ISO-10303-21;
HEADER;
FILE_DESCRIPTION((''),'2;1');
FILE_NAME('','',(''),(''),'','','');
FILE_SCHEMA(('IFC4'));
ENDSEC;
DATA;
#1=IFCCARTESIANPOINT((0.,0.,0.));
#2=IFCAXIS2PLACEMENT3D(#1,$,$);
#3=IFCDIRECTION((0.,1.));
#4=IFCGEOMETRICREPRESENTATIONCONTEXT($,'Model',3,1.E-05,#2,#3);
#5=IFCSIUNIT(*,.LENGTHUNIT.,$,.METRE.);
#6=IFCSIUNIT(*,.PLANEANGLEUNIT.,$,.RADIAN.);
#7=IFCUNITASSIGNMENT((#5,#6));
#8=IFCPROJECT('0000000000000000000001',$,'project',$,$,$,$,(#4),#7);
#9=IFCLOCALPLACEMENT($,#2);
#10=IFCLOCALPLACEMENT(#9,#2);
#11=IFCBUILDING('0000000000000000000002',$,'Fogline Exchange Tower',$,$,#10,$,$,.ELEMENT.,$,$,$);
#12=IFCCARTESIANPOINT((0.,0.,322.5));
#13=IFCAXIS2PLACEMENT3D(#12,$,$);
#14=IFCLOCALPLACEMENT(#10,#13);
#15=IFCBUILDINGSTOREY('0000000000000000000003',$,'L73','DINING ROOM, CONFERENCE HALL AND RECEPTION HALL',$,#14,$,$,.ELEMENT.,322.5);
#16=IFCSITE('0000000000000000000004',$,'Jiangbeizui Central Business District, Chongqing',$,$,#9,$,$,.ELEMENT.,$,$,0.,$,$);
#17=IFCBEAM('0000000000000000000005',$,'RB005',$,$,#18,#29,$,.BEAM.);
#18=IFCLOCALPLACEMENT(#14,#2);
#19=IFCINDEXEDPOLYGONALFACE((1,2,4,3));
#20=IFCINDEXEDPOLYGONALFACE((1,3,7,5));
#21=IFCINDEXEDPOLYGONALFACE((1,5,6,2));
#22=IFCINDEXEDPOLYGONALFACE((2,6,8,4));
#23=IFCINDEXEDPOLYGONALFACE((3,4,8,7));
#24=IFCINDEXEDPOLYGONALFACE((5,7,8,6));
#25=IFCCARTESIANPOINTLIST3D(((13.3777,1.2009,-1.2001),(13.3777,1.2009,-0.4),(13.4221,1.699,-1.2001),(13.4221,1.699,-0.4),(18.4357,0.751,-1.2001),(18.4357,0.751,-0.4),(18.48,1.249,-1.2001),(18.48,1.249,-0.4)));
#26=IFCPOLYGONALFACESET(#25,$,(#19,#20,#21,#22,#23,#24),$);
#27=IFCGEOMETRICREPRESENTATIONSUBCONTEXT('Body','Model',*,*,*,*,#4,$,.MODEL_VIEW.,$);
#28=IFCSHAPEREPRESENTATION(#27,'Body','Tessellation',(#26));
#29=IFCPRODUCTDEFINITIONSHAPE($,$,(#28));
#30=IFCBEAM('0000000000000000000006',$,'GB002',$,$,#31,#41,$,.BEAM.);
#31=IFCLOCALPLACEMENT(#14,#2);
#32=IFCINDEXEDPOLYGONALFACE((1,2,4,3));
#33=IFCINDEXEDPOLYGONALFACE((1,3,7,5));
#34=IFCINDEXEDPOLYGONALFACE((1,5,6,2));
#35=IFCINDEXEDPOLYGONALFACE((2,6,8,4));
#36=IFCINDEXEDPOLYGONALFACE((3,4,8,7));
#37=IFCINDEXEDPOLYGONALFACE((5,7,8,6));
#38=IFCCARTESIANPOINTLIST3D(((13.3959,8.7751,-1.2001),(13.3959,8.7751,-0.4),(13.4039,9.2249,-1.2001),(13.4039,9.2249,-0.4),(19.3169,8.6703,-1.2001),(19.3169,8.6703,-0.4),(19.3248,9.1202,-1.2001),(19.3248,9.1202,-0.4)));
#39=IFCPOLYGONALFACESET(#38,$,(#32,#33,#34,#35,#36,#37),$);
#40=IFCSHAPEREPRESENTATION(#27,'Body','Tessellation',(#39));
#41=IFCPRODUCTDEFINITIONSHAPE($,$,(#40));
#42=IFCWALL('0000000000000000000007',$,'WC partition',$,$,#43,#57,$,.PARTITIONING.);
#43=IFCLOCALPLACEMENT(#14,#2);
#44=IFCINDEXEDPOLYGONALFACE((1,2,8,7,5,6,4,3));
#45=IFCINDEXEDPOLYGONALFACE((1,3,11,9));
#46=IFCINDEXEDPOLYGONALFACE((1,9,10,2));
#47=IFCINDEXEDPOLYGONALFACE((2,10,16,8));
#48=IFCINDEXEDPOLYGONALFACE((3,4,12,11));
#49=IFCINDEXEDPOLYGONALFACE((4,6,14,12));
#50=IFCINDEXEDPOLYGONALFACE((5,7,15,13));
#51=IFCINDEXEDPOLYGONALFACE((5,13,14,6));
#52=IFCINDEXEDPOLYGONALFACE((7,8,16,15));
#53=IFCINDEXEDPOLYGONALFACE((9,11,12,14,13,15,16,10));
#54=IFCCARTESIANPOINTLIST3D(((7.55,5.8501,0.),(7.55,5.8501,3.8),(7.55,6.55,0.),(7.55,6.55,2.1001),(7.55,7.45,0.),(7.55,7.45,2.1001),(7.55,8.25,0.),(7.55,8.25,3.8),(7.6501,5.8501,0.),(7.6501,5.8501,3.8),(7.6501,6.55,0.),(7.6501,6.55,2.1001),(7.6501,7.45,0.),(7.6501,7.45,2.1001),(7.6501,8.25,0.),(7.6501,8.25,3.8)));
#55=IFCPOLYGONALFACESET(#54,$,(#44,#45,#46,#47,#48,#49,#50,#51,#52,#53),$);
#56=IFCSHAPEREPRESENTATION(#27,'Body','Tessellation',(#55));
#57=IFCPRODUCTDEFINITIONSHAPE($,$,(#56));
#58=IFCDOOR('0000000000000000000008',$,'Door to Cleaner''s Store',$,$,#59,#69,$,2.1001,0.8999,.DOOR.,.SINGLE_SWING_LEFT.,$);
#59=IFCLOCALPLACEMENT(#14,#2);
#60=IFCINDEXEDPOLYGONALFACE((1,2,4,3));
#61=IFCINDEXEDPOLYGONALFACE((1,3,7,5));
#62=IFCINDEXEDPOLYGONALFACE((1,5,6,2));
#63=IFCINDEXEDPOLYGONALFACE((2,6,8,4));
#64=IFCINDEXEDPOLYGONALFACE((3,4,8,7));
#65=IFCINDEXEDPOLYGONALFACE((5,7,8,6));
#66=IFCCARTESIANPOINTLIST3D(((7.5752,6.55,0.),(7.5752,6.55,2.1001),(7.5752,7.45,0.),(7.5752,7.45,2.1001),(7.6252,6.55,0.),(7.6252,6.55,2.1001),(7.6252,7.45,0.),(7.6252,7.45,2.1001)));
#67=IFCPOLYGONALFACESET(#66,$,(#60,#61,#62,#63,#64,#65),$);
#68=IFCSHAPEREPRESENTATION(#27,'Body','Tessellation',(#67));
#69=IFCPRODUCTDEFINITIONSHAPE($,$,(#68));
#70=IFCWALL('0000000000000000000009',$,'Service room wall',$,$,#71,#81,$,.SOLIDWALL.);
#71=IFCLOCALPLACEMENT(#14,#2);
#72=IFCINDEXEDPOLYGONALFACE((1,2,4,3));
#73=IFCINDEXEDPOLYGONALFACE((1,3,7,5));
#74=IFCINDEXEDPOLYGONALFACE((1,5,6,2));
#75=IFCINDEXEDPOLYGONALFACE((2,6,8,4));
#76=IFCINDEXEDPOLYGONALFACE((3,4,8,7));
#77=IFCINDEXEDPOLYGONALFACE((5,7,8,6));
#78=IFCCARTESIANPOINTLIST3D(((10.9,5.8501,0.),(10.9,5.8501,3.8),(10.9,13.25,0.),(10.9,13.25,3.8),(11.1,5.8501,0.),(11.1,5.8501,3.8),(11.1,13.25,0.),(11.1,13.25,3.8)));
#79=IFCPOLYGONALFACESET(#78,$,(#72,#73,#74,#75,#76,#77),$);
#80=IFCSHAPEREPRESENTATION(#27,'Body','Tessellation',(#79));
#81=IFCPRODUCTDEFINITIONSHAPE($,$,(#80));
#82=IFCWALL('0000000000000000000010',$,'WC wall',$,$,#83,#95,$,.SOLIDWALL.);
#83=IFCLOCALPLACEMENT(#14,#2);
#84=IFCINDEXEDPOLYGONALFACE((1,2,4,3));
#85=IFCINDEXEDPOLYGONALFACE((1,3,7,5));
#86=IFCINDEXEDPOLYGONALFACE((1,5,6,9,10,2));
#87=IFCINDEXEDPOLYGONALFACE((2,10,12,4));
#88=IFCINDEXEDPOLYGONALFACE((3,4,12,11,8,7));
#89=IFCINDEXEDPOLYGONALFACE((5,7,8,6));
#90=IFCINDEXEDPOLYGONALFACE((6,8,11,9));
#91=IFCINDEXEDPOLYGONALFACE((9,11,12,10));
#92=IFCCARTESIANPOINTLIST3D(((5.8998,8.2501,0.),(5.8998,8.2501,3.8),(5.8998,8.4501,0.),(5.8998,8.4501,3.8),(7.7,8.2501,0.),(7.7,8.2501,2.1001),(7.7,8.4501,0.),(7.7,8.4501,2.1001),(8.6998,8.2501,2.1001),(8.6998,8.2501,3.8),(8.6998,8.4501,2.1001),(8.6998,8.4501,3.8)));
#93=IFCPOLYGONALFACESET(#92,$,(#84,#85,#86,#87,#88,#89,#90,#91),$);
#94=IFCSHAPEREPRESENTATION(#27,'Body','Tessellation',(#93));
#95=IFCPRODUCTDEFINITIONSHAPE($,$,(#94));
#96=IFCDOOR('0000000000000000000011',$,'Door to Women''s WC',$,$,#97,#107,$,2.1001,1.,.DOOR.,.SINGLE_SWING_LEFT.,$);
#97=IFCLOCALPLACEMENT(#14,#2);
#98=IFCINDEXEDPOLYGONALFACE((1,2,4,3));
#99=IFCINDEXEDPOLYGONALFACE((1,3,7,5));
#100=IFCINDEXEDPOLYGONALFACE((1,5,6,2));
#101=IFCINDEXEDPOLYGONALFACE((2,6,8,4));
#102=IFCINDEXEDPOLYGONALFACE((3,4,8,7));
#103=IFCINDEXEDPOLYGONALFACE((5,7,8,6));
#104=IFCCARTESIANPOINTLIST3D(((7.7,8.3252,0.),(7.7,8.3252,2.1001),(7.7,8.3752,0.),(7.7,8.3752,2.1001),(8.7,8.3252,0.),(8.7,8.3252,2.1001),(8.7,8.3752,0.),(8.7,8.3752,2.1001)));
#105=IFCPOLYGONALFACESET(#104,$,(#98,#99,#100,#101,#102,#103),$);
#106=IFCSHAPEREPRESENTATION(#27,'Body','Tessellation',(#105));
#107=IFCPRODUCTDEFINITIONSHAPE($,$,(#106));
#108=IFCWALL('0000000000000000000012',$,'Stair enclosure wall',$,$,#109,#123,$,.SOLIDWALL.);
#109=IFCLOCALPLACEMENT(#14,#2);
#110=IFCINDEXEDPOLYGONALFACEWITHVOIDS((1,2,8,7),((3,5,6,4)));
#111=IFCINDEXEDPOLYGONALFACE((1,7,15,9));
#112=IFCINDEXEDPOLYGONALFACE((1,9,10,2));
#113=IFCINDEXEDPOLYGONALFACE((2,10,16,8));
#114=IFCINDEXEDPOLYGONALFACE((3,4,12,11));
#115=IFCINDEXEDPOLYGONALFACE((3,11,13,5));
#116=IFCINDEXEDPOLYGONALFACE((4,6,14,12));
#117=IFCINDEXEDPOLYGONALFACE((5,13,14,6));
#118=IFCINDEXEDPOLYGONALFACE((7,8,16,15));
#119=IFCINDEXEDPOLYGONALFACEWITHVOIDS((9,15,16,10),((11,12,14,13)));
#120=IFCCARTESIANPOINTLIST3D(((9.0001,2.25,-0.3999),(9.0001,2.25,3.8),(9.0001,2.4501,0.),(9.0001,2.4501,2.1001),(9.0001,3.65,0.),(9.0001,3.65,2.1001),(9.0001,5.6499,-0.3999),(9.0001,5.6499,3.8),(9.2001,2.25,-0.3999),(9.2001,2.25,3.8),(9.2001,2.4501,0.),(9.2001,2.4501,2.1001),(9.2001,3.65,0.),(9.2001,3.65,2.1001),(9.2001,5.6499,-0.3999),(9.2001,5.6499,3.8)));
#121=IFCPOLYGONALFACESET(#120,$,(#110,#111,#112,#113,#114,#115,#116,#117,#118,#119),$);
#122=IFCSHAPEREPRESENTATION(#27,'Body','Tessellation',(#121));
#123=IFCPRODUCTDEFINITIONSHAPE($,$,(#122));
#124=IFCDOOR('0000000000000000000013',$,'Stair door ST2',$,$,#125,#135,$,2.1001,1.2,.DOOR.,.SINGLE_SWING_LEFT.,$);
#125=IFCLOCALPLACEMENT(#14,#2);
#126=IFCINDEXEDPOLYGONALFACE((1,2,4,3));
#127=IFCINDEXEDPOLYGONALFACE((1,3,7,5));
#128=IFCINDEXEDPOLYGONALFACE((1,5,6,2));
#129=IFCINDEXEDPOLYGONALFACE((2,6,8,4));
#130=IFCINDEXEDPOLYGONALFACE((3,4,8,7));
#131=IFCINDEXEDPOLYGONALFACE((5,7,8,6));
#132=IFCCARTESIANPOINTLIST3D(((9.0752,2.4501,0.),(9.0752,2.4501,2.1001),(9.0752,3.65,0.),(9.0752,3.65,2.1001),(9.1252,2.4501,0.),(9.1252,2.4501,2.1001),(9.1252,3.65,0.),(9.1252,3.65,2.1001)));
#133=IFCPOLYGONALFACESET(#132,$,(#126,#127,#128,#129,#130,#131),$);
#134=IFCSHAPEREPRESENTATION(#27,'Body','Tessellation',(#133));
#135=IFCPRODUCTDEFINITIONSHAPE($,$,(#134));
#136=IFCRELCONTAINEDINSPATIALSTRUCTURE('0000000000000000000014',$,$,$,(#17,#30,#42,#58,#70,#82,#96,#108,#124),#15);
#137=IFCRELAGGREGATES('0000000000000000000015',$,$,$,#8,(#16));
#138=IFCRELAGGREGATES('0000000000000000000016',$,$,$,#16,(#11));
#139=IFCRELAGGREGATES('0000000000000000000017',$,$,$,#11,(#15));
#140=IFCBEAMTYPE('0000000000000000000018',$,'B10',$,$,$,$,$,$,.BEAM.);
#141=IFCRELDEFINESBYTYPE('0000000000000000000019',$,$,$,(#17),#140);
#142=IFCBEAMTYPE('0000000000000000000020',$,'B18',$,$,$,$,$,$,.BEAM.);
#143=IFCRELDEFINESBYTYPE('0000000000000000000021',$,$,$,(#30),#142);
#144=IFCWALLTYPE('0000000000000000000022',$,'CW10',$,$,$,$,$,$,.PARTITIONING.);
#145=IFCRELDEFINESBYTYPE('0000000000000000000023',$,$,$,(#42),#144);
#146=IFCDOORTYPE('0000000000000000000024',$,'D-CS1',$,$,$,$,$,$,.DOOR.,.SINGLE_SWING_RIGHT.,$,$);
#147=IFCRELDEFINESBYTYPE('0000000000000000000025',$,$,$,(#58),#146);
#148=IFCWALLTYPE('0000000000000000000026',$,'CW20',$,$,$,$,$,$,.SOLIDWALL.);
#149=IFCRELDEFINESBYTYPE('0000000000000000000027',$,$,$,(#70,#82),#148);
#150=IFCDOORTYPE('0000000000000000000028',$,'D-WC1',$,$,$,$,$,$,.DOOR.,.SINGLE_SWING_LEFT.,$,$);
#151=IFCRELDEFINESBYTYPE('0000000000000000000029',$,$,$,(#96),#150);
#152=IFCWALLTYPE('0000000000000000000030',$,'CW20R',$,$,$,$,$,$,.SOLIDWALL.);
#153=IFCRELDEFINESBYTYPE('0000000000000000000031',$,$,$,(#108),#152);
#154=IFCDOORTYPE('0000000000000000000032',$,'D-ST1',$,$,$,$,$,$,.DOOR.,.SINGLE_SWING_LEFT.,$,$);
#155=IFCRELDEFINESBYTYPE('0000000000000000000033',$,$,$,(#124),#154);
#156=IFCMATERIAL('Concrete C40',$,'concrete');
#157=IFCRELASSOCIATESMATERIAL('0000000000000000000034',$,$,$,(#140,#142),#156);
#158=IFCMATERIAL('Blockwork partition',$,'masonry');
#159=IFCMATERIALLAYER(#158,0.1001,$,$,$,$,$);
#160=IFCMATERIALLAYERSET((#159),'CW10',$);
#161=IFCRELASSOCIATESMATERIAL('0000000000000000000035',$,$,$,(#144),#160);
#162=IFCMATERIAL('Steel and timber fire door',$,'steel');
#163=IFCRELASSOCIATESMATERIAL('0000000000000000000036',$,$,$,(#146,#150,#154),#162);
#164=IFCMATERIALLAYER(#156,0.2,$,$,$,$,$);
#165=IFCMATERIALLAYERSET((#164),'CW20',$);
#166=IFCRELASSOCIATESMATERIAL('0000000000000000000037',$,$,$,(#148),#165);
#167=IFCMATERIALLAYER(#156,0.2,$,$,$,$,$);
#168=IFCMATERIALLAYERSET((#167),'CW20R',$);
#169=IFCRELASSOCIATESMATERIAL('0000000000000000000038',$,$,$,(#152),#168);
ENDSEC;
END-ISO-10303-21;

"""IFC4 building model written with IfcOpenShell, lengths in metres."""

from ifc_helpers import new_model, si_unit, direction, frame, frame_2d, origin, origin_2d, place, context, subcontext, project, spatial, rectangle, extrude, material, layer, layer_set, material_profile, profile_set, type_object, element, fill, save


model = new_model("IFC4")

# Units and contexts
model_context = context("Model", 3, precision=1e-05, world=origin(), true_north=direction((0.0, 1.0)))
body_context = subcontext(model_context, "Body", "Model", "MODEL_VIEW")
ifc_project = project(units=[si_unit("LENGTHUNIT", "METRE"), si_unit("PLANEANGLEUNIT", "RADIAN")], contexts=[model_context])

# Site, building, storey
site_placement = place(None, origin())
site = spatial("IfcSite", under=ifc_project, at=site_placement, Name="Jiangbeizui Central Business District, Chongqing", CompositionType="ELEMENT", RefElevation=0.0)
building_placement = place(site_placement, origin())
building = spatial("IfcBuilding", under=site, at=building_placement, Name="Fogline Exchange Tower", CompositionType="ELEMENT")
storey_placement = place(building_placement, frame((0.0, 0.0, 322.5)))
storey = spatial("IfcBuildingStorey", under=building, at=storey_placement, Name="L73", Description="DINING ROOM, CONFERENCE HALL AND RECEPTION HALL", CompositionType="ELEMENT", Elevation=322.5)

# Beams
ifc_material_1 = material(Name="Concrete C40", Category="concrete")
ifc_material_profile_1 = material_profile(ifc_material_1, rectangle(XDim=0.5, YDim=0.8, at=origin_2d()), Name="RC 500x800")
ifc_profile_set_1 = profile_set([ifc_material_profile_1], Name="Concrete C40")
beam_type_1 = type_object("IfcBeamType", Name="B10", PredefinedType="BEAM", material=ifc_profile_set_1)
beam_1_placement = place(storey_placement, frame((13.3999, 1.45, -0.8), z_axis=(0.996066, -0.088611, 0.0), x_axis=(0.088611, 0.996066, 0.0)))
element("IfcBeam", 1, at=beam_1_placement, inside=storey, type_object=beam_type_1, Name="RB005", PredefinedType="BEAM", context=body_context, shape_type="SweptSolid", body=[
    extrude(rectangle(XDim=0.5, YDim=0.8, at=origin_2d()), origin(), (0.0, 0.0, 1.0), 5.0779),
])
ifc_material_profile_2 = material_profile(ifc_material_1, rectangle(XDim=0.45, YDim=0.8, at=origin_2d()), Name="RC 450x800")
ifc_profile_set_2 = profile_set([ifc_material_profile_2], Name="Concrete C40")
beam_type_2 = type_object("IfcBeamType", Name="B18", PredefinedType="BEAM", material=ifc_profile_set_2)
beam_2_placement = place(storey_placement, frame((13.3999, 9.0, -0.8), z_axis=(0.999844, -0.017686, 0.0), x_axis=(0.017686, 0.999844, 0.0)))
element("IfcBeam", 2, at=beam_2_placement, inside=storey, type_object=beam_type_2, Name="GB002", PredefinedType="BEAM", context=body_context, shape_type="SweptSolid", body=[
    extrude(rectangle(XDim=0.45, YDim=0.8, at=origin_2d()), origin(), (0.0, 0.0, 1.0), 5.9219),
])

# Wall, opening, door
ifc_material_2 = material(Name="Blockwork partition", Category="masonry")
ifc_layer_1 = layer(ifc_material_2, 0.1001)
ifc_layer_set_1 = layer_set([ifc_layer_1], Name="CW10")
wall_type_1 = type_object("IfcWallType", Name="CW10", PredefinedType="PARTITIONING", material=ifc_layer_set_1)
wall_1_placement = place(storey_placement, frame((7.6001, 5.8501, 0.0), z_axis=(0.0, 0.0, 1.0), x_axis=(0.0, 1.0, 0.0)))
wall_1 = element("IfcWall", 3, at=wall_1_placement, inside=storey, type_object=wall_type_1, Name="WC partition", PredefinedType="PARTITIONING", context=body_context, shape_type="SweptSolid", body=[
    extrude(rectangle(XDim=2.3999, YDim=0.1001, at=frame_2d((1.2, 0.0))), origin(), (0.0, 0.0, 1.0), 3.8),
])
opening_1_placement = place(wall_1_placement, frame((0.7, 0.0, 0.0)))
opening_1 = element("IfcOpeningElement", 4, at=opening_1_placement, cuts=wall_1, PredefinedType="OPENING", context=body_context, shape_type="SweptSolid", body=[
    extrude(rectangle(XDim=0.8999, YDim=2.1001, at=frame_2d((0.45, 1.05))), frame((0.0, 0.0601, 0.0), z_axis=(0.0, -1.0, 0.0), x_axis=(1.0, 0.0, 0.0)), (0.0, 0.0, 1.0), 0.1201),
])
ifc_material_3 = material(Name="Steel and timber fire door", Category="steel")
door_type_1 = type_object("IfcDoorType", Name="D-CS1", OperationType="SINGLE_SWING_RIGHT", PredefinedType="DOOR", material=ifc_material_3)
door_1_placement = place(opening_1_placement, origin())
door_1 = element("IfcDoor", 5, at=door_1_placement, inside=storey, type_object=door_type_1, Name="Door to Cleaner's Store", OperationType="SINGLE_SWING_LEFT", OverallHeight=2.1001, OverallWidth=0.8999, PredefinedType="DOOR", context=body_context, shape_type="SweptSolid", body=[
    extrude(rectangle(XDim=0.8999, YDim=2.1001, at=frame_2d((0.45, 1.05))), frame((0.0, 0.0249, 0.0), z_axis=(0.0, -1.0, 0.0), x_axis=(1.0, 0.0, 0.0)), (0.0, 0.0, 1.0), 0.05),
])
fill(opening_1, door_1)

# Wall
ifc_layer_2 = layer(ifc_material_1, 0.2)
ifc_layer_set_2 = layer_set([ifc_layer_2], Name="CW20")
wall_type_2 = type_object("IfcWallType", Name="CW20", PredefinedType="SOLIDWALL", material=ifc_layer_set_2)
wall_2_placement = place(storey_placement, frame((11.0, 5.8501, 0.0), z_axis=(0.0, 0.0, 1.0), x_axis=(0.0, 1.0, 0.0)))
element("IfcWall", 6, at=wall_2_placement, inside=storey, type_object=wall_type_2, Name="Service room wall", PredefinedType="SOLIDWALL", context=body_context, shape_type="SweptSolid", body=[
    extrude(rectangle(XDim=7.3999, YDim=0.2, at=frame_2d((3.7, 0.0))), origin(), (0.0, 0.0, 1.0), 3.8),
])

# Walls, openings, doors
wall_3_placement = place(storey_placement, frame((5.8999, 8.3501, 0.0), z_axis=(0.0, 0.0, 1.0), x_axis=(1.0, 0.0, 0.0)))
wall_3 = element("IfcWall", 7, at=wall_3_placement, inside=storey, type_object=wall_type_2, Name="WC wall", PredefinedType="SOLIDWALL", context=body_context, shape_type="SweptSolid", body=[
    extrude(rectangle(XDim=2.8, YDim=0.2, at=frame_2d((1.3999, 0.0))), origin(), (0.0, 0.0, 1.0), 3.8),
])
opening_2_placement = place(wall_3_placement, frame((1.8, 0.0, 0.0)))
opening_2 = element("IfcOpeningElement", 8, at=opening_2_placement, cuts=wall_3, PredefinedType="OPENING", context=body_context, shape_type="SweptSolid", body=[
    extrude(rectangle(XDim=1.0, YDim=2.1001, at=frame_2d((0.5, 1.05))), frame((0.0, 0.1099, 0.0), z_axis=(0.0, -1.0, 0.0), x_axis=(1.0, 0.0, 0.0)), (0.0, 0.0, 1.0), 0.22),
])
door_type_2 = type_object("IfcDoorType", Name="D-WC1", OperationType="SINGLE_SWING_LEFT", PredefinedType="DOOR", material=ifc_material_3)
door_2_placement = place(opening_2_placement, frame((1.0, 0.0, 0.0), z_axis=(0.0, 0.0, 1.0), x_axis=(-1.0, 0.0, 0.0)))
door_2 = element("IfcDoor", 9, at=door_2_placement, inside=storey, type_object=door_type_2, Name="Door to Women's WC", OperationType="SINGLE_SWING_LEFT", OverallHeight=2.1001, OverallWidth=1.0, PredefinedType="DOOR", context=body_context, shape_type="SweptSolid", body=[
    extrude(rectangle(XDim=1.0, YDim=2.1001, at=frame_2d((0.5, 1.05))), frame((0.0, 0.0249, 0.0), z_axis=(0.0, -1.0, 0.0), x_axis=(1.0, 0.0, 0.0)), (0.0, 0.0, 1.0), 0.05),
])
fill(opening_2, door_2)
ifc_layer_3 = layer(ifc_material_1, 0.2)
ifc_layer_set_3 = layer_set([ifc_layer_3], Name="CW20R")
wall_type_3 = type_object("IfcWallType", Name="CW20R", PredefinedType="SOLIDWALL", material=ifc_layer_set_3)
wall_4_placement = place(storey_placement, frame((9.1001, 2.25, -0.3999), z_axis=(0.0, 0.0, 1.0), x_axis=(0.0, 1.0, 0.0)))
wall_4 = element("IfcWall", 10, at=wall_4_placement, inside=storey, type_object=wall_type_3, Name="Stair enclosure wall", PredefinedType="SOLIDWALL", context=body_context, shape_type="SweptSolid", body=[
    extrude(rectangle(XDim=3.3999, YDim=0.2, at=frame_2d((1.7, 0.0))), origin(), (0.0, 0.0, 1.0), 4.2),
])
opening_3_placement = place(wall_4_placement, frame((0.2, 0.0, 0.3999)))
opening_3 = element("IfcOpeningElement", 11, at=opening_3_placement, cuts=wall_4, PredefinedType="OPENING", context=body_context, shape_type="SweptSolid", body=[
    extrude(rectangle(XDim=1.2, YDim=2.1001, at=frame_2d((0.6001, 1.05))), frame((0.0, 0.1099, 0.0), z_axis=(0.0, -1.0, 0.0), x_axis=(1.0, 0.0, 0.0)), (0.0, 0.0, 1.0), 0.22),
])
door_type_3 = type_object("IfcDoorType", Name="D-ST1", OperationType="SINGLE_SWING_LEFT", PredefinedType="DOOR", material=ifc_material_3)
door_3_placement = place(opening_3_placement, origin())
door_3 = element("IfcDoor", 12, at=door_3_placement, inside=storey, type_object=door_type_3, Name="Stair door ST2", OperationType="SINGLE_SWING_LEFT", OverallHeight=2.1001, OverallWidth=1.2, PredefinedType="DOOR", context=body_context, shape_type="SweptSolid", body=[
    extrude(rectangle(XDim=1.2, YDim=2.1001, at=frame_2d((0.6001, 1.05))), frame((0.0, 0.0249, 0.0), z_axis=(0.0, -1.0, 0.0), x_axis=(1.0, 0.0, 0.0)), (0.0, 0.0, 1.0), 0.05),
])
fill(opening_3, door_3)

save(model, "model.ifc")
